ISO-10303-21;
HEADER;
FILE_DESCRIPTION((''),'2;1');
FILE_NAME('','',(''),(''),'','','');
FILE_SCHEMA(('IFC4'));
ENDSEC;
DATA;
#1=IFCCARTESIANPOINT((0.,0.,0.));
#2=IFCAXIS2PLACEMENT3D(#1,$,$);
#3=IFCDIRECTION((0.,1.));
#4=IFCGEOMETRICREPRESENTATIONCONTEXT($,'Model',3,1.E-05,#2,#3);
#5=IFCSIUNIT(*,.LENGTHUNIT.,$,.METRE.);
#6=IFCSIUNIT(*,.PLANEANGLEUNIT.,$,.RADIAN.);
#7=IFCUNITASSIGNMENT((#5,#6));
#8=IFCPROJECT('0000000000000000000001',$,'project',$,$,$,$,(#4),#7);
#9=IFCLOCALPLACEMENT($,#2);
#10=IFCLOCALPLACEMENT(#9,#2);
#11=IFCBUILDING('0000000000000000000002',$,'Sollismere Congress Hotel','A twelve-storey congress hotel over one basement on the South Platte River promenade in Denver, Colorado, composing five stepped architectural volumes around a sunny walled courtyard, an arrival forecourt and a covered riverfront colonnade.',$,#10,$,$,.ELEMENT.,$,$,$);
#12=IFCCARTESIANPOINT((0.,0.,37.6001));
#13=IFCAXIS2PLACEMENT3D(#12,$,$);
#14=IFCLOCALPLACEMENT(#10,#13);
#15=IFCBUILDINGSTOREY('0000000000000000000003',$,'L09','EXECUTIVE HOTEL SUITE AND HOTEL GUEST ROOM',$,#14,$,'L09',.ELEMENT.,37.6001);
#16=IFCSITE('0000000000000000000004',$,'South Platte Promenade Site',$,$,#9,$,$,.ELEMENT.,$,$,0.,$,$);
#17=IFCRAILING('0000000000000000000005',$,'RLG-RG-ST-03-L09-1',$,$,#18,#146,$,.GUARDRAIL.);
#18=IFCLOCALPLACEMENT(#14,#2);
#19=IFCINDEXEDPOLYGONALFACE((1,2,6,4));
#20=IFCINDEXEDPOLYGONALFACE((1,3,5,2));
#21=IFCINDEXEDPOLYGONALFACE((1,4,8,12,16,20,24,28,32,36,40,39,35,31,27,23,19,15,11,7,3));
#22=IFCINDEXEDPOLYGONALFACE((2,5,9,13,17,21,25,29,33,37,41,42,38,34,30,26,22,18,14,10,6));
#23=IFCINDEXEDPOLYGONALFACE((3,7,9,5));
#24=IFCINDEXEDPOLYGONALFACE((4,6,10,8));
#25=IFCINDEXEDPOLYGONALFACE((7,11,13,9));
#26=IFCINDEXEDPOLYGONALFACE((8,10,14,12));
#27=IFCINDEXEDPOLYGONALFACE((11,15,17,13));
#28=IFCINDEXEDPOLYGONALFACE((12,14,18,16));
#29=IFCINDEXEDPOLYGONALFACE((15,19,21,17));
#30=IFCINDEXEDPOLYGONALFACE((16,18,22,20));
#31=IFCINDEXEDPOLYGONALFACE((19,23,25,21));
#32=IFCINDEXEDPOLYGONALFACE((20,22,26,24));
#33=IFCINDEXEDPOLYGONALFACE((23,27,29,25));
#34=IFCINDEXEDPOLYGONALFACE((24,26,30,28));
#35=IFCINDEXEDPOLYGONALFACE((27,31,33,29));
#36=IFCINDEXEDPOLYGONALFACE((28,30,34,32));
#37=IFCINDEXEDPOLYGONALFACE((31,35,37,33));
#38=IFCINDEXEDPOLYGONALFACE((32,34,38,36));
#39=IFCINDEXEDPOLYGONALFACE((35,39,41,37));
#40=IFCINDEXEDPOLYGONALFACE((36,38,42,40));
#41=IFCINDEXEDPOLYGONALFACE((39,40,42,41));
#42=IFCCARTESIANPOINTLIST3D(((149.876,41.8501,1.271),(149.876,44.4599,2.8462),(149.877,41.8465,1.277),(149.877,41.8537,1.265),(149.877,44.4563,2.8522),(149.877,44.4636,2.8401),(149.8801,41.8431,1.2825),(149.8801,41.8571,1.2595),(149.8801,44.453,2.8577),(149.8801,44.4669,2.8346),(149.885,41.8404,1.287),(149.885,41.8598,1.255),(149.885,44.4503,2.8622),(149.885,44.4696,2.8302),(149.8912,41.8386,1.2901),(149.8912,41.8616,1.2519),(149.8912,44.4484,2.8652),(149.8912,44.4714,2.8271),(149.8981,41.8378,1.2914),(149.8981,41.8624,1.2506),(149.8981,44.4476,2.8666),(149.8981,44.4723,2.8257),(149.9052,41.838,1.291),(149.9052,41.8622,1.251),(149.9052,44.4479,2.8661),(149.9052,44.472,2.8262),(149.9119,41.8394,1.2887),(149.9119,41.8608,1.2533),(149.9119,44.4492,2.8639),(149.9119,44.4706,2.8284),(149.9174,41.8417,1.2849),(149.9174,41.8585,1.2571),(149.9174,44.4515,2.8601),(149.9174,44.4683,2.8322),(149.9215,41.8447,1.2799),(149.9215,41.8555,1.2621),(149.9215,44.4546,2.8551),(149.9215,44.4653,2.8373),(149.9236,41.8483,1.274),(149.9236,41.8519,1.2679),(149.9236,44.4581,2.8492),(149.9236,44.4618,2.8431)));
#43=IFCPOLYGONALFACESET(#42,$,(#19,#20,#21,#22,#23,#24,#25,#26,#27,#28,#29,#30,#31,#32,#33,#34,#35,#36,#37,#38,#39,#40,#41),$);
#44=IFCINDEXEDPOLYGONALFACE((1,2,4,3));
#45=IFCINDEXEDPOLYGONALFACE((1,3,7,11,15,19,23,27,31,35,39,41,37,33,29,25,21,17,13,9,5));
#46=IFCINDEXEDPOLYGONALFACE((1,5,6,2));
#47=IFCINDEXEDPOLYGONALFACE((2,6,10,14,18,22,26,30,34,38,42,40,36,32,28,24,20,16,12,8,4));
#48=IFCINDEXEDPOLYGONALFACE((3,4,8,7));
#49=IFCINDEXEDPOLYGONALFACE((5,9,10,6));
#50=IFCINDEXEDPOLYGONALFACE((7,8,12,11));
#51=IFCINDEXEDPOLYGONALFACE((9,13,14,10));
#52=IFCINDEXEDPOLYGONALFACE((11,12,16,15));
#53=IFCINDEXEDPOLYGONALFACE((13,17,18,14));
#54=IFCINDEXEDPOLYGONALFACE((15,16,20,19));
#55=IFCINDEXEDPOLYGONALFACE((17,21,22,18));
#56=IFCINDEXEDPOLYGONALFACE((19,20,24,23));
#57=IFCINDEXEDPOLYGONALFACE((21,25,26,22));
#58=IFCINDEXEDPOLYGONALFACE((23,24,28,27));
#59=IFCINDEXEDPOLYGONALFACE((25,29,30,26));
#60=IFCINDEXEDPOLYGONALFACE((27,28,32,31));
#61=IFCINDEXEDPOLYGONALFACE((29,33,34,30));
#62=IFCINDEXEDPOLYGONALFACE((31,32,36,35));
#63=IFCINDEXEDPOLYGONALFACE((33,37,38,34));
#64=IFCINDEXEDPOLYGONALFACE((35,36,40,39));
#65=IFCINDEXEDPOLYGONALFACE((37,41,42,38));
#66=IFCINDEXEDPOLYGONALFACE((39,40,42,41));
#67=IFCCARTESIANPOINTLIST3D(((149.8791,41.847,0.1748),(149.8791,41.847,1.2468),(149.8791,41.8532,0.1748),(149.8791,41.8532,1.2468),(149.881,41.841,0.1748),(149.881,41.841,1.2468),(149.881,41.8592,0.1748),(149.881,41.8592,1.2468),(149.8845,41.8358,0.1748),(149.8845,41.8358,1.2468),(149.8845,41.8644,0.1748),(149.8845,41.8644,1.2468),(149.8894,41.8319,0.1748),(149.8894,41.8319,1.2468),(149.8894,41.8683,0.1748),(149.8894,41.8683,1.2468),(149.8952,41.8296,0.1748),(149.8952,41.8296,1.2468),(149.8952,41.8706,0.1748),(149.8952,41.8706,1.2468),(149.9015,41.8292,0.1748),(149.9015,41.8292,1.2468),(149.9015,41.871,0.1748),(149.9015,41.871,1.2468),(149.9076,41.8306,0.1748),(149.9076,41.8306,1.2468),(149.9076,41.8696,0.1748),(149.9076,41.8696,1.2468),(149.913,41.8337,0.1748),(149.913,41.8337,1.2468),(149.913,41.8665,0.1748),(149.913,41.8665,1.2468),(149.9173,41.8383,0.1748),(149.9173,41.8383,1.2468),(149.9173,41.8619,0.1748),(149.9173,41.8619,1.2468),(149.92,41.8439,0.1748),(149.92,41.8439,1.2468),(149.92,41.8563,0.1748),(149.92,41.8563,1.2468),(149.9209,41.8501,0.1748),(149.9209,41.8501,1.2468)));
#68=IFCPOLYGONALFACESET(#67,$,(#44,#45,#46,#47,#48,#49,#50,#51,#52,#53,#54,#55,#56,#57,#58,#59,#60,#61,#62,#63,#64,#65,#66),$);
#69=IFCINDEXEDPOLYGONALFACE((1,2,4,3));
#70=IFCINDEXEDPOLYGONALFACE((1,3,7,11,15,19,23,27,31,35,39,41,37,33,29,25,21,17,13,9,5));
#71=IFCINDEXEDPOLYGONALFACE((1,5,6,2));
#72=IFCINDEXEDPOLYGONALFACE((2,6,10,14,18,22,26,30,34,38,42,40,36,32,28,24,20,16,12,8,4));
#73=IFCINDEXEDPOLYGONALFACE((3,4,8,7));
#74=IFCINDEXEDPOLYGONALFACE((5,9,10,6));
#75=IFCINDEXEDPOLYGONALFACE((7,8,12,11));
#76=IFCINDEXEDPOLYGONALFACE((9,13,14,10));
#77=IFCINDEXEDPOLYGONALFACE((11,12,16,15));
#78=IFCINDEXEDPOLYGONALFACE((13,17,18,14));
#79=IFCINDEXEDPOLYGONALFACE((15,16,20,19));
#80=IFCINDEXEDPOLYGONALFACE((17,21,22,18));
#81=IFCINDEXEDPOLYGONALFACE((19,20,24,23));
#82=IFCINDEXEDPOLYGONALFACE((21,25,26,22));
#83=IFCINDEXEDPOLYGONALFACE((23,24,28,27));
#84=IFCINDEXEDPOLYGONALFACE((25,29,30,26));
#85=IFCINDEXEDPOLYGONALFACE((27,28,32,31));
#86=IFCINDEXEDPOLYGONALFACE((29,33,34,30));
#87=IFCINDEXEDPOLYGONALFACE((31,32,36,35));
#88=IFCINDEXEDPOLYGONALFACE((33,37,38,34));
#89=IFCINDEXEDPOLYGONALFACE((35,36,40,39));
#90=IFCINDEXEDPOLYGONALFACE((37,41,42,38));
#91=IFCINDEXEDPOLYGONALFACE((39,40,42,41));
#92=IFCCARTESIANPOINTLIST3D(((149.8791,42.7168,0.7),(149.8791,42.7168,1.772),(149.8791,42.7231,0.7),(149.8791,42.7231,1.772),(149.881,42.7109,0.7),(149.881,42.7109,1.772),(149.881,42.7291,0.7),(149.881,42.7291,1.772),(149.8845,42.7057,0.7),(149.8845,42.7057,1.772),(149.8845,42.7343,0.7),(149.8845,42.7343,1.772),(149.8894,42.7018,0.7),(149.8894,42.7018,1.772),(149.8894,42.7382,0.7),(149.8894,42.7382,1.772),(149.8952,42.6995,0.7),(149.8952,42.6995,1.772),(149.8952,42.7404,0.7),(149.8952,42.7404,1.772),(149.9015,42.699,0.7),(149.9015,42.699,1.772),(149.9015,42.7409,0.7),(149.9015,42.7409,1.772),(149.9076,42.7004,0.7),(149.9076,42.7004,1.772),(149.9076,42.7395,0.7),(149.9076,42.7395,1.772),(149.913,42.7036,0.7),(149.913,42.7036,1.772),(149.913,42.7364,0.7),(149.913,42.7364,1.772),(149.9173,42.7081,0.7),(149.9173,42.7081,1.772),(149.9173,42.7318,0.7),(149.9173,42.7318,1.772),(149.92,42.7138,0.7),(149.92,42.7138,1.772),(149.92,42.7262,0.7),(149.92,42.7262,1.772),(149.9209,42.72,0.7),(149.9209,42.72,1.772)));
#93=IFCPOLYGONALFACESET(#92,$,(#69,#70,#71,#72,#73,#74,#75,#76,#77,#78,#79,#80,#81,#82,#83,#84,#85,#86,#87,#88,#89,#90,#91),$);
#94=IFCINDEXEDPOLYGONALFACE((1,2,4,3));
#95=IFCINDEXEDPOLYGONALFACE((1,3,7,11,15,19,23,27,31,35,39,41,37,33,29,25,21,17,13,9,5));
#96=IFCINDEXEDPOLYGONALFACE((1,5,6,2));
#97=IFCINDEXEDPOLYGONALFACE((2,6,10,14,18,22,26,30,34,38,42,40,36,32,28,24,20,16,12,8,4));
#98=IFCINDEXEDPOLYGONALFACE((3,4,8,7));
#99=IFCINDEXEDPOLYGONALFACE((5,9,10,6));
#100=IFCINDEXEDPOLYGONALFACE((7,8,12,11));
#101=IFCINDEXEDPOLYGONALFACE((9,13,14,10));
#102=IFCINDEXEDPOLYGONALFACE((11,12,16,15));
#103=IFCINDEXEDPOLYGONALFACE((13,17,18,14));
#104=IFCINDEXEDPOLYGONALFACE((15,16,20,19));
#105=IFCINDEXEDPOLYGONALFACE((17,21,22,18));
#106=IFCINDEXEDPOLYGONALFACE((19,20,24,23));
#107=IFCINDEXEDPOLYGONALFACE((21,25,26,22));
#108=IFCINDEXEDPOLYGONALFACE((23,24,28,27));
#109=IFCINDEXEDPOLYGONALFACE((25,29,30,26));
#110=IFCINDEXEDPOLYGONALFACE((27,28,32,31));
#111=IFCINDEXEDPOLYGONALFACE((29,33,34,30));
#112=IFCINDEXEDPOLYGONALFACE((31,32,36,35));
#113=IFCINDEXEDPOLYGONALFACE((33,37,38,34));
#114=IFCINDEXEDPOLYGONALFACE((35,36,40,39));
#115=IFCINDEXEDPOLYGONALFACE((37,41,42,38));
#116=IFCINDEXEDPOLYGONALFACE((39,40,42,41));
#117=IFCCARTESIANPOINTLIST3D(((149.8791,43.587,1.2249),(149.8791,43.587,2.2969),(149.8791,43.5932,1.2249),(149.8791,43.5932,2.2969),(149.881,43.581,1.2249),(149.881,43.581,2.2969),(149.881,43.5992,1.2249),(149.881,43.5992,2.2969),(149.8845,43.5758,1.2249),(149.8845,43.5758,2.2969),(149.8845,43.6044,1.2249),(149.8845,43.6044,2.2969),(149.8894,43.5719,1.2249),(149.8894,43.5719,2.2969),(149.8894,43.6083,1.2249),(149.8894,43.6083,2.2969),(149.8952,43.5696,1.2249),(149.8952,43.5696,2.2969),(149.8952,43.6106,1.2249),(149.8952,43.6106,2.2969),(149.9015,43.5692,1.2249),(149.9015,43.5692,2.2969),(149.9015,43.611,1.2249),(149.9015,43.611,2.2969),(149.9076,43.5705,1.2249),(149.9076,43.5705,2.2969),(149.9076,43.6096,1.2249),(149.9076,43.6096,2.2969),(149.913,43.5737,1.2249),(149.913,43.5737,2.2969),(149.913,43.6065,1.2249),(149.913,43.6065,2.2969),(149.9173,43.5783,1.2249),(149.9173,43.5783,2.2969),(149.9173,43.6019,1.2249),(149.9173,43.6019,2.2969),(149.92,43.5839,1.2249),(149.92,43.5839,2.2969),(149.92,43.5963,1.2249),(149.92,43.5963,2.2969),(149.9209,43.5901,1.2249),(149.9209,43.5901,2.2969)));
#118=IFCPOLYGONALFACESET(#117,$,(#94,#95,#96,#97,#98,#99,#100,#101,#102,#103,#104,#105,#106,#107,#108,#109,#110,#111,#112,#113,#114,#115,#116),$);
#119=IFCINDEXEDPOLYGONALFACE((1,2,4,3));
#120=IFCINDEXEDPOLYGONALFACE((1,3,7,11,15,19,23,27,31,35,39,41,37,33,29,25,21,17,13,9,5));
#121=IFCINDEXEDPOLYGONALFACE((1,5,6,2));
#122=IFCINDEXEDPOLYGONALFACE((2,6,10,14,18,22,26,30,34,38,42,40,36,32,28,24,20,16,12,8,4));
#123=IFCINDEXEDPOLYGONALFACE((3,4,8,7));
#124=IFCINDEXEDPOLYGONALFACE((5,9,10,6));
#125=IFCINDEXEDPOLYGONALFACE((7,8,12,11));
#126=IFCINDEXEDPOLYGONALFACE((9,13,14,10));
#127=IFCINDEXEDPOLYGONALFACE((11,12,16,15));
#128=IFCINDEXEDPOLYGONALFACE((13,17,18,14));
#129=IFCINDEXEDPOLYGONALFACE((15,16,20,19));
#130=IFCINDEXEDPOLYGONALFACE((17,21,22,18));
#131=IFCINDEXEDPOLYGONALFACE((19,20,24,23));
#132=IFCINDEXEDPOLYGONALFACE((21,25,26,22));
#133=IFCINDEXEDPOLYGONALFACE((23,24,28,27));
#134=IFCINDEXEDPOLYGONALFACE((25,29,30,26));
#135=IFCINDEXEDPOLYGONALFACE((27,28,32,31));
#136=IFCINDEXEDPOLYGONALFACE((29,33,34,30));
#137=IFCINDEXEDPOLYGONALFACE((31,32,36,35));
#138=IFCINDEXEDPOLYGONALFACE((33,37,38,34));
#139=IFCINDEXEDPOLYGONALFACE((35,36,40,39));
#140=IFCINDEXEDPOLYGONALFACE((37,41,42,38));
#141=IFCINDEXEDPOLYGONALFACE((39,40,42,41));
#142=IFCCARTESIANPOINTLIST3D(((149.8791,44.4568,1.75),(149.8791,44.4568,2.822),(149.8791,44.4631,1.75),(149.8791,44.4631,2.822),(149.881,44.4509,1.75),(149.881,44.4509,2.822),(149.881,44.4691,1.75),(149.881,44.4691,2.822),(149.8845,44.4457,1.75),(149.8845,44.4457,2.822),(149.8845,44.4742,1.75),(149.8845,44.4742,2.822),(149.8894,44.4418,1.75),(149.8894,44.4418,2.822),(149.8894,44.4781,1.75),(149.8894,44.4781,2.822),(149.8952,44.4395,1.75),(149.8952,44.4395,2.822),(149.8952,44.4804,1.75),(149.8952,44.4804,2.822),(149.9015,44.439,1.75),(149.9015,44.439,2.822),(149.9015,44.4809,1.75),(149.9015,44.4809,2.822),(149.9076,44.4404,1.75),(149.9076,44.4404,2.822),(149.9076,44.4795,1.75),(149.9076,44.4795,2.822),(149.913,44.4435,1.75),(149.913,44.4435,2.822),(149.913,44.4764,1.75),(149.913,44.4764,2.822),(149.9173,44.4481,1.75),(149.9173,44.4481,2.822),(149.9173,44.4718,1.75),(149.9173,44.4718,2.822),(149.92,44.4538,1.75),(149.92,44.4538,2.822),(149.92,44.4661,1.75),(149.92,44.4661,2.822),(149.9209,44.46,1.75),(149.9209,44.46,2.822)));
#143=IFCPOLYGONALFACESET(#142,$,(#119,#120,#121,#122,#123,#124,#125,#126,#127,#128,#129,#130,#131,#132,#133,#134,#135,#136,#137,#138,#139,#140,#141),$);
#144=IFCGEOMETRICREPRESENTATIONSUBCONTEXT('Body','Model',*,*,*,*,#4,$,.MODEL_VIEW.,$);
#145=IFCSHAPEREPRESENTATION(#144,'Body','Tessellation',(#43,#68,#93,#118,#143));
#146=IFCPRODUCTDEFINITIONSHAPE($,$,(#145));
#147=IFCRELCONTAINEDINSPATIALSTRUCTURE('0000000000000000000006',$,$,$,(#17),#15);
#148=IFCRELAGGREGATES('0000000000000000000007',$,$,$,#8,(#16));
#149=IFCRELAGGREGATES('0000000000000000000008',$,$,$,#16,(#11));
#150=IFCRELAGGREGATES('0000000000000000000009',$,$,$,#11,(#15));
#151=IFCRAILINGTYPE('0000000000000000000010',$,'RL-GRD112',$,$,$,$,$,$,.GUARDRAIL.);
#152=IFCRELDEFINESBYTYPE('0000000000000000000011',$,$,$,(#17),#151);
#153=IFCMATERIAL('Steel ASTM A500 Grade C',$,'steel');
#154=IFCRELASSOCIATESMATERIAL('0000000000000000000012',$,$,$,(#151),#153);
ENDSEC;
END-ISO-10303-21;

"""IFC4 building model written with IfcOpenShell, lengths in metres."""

from ifc_helpers import new_model, si_unit, direction, frame, origin, origin_2d, place, context, subcontext, project, spatial, circle, extrude, material, type_object, element, save


model = new_model("IFC4")

# Units and contexts
model_context = context("Model", 3, precision=1e-05, world=origin(), true_north=direction((0.0, 1.0)))
body_context = subcontext(model_context, "Body", "Model", "MODEL_VIEW")
ifc_project = project(units=[si_unit("LENGTHUNIT", "METRE"), si_unit("PLANEANGLEUNIT", "RADIAN")], contexts=[model_context])

# Site, building, storey
site_placement = place(None, origin())
site = spatial("IfcSite", under=ifc_project, at=site_placement, Name="South Platte Promenade Site", CompositionType="ELEMENT", RefElevation=0.0)
building_placement = place(site_placement, origin())
building = spatial("IfcBuilding", under=site, at=building_placement, Name="Sollismere Congress Hotel", Description="A twelve-storey congress hotel over one basement on the South Platte River promenade in Denver, Colorado, composing five stepped architectural volumes around a sunny walled courtyard, an arrival forecourt and a covered riverfront colonnade.", CompositionType="ELEMENT")
storey_placement = place(building_placement, frame((0.0, 0.0, 37.6001)))
storey = spatial("IfcBuildingStorey", under=building, at=storey_placement, Name="L09", Description="EXECUTIVE HOTEL SUITE AND HOTEL GUEST ROOM", LongName="L09", CompositionType="ELEMENT", Elevation=37.6001)

# Railing
ifc_material_1 = material(Name="Steel ASTM A500 Grade C", Category="steel")
railing_type_1 = type_object("IfcRailingType", Name="RL-GRD112", PredefinedType="GUARDRAIL", material=ifc_material_1)
railing_1_placement = place(storey_placement, frame((149.8999, 41.8501, 0.1748)))
element("IfcRailing", 1, at=railing_1_placement, inside=storey, type_object=railing_type_1, Name="RLG-RG-ST-03-L09-1", PredefinedType="GUARDRAIL", context=body_context, shape_type="SweptSolid", body=[
    extrude(circle(Radius=0.0239, at=origin_2d()), frame((0.0, 0.0, 1.0962), z_axis=(0.0, 0.856147, 0.516732), x_axis=(-1.0, 0.0, 0.0)), (0.0, 0.0, 1.0), 3.0483),
    extrude(circle(Radius=0.021, at=origin_2d()), origin(), (0.0, 0.0, 1.0), 1.072),
    extrude(circle(Radius=0.021, at=origin_2d()), frame((0.0, 0.8699, 0.5251)), (0.0, 0.0, 1.0), 1.072),
    extrude(circle(Radius=0.021, at=origin_2d()), frame((0.0, 1.74, 1.05)), (0.0, 0.0, 1.0), 1.072),
    extrude(circle(Radius=0.021, at=origin_2d()), frame((0.0, 2.6099, 1.5752)), (0.0, 0.0, 1.0), 1.072),
])

save(model, "model.ifc")
